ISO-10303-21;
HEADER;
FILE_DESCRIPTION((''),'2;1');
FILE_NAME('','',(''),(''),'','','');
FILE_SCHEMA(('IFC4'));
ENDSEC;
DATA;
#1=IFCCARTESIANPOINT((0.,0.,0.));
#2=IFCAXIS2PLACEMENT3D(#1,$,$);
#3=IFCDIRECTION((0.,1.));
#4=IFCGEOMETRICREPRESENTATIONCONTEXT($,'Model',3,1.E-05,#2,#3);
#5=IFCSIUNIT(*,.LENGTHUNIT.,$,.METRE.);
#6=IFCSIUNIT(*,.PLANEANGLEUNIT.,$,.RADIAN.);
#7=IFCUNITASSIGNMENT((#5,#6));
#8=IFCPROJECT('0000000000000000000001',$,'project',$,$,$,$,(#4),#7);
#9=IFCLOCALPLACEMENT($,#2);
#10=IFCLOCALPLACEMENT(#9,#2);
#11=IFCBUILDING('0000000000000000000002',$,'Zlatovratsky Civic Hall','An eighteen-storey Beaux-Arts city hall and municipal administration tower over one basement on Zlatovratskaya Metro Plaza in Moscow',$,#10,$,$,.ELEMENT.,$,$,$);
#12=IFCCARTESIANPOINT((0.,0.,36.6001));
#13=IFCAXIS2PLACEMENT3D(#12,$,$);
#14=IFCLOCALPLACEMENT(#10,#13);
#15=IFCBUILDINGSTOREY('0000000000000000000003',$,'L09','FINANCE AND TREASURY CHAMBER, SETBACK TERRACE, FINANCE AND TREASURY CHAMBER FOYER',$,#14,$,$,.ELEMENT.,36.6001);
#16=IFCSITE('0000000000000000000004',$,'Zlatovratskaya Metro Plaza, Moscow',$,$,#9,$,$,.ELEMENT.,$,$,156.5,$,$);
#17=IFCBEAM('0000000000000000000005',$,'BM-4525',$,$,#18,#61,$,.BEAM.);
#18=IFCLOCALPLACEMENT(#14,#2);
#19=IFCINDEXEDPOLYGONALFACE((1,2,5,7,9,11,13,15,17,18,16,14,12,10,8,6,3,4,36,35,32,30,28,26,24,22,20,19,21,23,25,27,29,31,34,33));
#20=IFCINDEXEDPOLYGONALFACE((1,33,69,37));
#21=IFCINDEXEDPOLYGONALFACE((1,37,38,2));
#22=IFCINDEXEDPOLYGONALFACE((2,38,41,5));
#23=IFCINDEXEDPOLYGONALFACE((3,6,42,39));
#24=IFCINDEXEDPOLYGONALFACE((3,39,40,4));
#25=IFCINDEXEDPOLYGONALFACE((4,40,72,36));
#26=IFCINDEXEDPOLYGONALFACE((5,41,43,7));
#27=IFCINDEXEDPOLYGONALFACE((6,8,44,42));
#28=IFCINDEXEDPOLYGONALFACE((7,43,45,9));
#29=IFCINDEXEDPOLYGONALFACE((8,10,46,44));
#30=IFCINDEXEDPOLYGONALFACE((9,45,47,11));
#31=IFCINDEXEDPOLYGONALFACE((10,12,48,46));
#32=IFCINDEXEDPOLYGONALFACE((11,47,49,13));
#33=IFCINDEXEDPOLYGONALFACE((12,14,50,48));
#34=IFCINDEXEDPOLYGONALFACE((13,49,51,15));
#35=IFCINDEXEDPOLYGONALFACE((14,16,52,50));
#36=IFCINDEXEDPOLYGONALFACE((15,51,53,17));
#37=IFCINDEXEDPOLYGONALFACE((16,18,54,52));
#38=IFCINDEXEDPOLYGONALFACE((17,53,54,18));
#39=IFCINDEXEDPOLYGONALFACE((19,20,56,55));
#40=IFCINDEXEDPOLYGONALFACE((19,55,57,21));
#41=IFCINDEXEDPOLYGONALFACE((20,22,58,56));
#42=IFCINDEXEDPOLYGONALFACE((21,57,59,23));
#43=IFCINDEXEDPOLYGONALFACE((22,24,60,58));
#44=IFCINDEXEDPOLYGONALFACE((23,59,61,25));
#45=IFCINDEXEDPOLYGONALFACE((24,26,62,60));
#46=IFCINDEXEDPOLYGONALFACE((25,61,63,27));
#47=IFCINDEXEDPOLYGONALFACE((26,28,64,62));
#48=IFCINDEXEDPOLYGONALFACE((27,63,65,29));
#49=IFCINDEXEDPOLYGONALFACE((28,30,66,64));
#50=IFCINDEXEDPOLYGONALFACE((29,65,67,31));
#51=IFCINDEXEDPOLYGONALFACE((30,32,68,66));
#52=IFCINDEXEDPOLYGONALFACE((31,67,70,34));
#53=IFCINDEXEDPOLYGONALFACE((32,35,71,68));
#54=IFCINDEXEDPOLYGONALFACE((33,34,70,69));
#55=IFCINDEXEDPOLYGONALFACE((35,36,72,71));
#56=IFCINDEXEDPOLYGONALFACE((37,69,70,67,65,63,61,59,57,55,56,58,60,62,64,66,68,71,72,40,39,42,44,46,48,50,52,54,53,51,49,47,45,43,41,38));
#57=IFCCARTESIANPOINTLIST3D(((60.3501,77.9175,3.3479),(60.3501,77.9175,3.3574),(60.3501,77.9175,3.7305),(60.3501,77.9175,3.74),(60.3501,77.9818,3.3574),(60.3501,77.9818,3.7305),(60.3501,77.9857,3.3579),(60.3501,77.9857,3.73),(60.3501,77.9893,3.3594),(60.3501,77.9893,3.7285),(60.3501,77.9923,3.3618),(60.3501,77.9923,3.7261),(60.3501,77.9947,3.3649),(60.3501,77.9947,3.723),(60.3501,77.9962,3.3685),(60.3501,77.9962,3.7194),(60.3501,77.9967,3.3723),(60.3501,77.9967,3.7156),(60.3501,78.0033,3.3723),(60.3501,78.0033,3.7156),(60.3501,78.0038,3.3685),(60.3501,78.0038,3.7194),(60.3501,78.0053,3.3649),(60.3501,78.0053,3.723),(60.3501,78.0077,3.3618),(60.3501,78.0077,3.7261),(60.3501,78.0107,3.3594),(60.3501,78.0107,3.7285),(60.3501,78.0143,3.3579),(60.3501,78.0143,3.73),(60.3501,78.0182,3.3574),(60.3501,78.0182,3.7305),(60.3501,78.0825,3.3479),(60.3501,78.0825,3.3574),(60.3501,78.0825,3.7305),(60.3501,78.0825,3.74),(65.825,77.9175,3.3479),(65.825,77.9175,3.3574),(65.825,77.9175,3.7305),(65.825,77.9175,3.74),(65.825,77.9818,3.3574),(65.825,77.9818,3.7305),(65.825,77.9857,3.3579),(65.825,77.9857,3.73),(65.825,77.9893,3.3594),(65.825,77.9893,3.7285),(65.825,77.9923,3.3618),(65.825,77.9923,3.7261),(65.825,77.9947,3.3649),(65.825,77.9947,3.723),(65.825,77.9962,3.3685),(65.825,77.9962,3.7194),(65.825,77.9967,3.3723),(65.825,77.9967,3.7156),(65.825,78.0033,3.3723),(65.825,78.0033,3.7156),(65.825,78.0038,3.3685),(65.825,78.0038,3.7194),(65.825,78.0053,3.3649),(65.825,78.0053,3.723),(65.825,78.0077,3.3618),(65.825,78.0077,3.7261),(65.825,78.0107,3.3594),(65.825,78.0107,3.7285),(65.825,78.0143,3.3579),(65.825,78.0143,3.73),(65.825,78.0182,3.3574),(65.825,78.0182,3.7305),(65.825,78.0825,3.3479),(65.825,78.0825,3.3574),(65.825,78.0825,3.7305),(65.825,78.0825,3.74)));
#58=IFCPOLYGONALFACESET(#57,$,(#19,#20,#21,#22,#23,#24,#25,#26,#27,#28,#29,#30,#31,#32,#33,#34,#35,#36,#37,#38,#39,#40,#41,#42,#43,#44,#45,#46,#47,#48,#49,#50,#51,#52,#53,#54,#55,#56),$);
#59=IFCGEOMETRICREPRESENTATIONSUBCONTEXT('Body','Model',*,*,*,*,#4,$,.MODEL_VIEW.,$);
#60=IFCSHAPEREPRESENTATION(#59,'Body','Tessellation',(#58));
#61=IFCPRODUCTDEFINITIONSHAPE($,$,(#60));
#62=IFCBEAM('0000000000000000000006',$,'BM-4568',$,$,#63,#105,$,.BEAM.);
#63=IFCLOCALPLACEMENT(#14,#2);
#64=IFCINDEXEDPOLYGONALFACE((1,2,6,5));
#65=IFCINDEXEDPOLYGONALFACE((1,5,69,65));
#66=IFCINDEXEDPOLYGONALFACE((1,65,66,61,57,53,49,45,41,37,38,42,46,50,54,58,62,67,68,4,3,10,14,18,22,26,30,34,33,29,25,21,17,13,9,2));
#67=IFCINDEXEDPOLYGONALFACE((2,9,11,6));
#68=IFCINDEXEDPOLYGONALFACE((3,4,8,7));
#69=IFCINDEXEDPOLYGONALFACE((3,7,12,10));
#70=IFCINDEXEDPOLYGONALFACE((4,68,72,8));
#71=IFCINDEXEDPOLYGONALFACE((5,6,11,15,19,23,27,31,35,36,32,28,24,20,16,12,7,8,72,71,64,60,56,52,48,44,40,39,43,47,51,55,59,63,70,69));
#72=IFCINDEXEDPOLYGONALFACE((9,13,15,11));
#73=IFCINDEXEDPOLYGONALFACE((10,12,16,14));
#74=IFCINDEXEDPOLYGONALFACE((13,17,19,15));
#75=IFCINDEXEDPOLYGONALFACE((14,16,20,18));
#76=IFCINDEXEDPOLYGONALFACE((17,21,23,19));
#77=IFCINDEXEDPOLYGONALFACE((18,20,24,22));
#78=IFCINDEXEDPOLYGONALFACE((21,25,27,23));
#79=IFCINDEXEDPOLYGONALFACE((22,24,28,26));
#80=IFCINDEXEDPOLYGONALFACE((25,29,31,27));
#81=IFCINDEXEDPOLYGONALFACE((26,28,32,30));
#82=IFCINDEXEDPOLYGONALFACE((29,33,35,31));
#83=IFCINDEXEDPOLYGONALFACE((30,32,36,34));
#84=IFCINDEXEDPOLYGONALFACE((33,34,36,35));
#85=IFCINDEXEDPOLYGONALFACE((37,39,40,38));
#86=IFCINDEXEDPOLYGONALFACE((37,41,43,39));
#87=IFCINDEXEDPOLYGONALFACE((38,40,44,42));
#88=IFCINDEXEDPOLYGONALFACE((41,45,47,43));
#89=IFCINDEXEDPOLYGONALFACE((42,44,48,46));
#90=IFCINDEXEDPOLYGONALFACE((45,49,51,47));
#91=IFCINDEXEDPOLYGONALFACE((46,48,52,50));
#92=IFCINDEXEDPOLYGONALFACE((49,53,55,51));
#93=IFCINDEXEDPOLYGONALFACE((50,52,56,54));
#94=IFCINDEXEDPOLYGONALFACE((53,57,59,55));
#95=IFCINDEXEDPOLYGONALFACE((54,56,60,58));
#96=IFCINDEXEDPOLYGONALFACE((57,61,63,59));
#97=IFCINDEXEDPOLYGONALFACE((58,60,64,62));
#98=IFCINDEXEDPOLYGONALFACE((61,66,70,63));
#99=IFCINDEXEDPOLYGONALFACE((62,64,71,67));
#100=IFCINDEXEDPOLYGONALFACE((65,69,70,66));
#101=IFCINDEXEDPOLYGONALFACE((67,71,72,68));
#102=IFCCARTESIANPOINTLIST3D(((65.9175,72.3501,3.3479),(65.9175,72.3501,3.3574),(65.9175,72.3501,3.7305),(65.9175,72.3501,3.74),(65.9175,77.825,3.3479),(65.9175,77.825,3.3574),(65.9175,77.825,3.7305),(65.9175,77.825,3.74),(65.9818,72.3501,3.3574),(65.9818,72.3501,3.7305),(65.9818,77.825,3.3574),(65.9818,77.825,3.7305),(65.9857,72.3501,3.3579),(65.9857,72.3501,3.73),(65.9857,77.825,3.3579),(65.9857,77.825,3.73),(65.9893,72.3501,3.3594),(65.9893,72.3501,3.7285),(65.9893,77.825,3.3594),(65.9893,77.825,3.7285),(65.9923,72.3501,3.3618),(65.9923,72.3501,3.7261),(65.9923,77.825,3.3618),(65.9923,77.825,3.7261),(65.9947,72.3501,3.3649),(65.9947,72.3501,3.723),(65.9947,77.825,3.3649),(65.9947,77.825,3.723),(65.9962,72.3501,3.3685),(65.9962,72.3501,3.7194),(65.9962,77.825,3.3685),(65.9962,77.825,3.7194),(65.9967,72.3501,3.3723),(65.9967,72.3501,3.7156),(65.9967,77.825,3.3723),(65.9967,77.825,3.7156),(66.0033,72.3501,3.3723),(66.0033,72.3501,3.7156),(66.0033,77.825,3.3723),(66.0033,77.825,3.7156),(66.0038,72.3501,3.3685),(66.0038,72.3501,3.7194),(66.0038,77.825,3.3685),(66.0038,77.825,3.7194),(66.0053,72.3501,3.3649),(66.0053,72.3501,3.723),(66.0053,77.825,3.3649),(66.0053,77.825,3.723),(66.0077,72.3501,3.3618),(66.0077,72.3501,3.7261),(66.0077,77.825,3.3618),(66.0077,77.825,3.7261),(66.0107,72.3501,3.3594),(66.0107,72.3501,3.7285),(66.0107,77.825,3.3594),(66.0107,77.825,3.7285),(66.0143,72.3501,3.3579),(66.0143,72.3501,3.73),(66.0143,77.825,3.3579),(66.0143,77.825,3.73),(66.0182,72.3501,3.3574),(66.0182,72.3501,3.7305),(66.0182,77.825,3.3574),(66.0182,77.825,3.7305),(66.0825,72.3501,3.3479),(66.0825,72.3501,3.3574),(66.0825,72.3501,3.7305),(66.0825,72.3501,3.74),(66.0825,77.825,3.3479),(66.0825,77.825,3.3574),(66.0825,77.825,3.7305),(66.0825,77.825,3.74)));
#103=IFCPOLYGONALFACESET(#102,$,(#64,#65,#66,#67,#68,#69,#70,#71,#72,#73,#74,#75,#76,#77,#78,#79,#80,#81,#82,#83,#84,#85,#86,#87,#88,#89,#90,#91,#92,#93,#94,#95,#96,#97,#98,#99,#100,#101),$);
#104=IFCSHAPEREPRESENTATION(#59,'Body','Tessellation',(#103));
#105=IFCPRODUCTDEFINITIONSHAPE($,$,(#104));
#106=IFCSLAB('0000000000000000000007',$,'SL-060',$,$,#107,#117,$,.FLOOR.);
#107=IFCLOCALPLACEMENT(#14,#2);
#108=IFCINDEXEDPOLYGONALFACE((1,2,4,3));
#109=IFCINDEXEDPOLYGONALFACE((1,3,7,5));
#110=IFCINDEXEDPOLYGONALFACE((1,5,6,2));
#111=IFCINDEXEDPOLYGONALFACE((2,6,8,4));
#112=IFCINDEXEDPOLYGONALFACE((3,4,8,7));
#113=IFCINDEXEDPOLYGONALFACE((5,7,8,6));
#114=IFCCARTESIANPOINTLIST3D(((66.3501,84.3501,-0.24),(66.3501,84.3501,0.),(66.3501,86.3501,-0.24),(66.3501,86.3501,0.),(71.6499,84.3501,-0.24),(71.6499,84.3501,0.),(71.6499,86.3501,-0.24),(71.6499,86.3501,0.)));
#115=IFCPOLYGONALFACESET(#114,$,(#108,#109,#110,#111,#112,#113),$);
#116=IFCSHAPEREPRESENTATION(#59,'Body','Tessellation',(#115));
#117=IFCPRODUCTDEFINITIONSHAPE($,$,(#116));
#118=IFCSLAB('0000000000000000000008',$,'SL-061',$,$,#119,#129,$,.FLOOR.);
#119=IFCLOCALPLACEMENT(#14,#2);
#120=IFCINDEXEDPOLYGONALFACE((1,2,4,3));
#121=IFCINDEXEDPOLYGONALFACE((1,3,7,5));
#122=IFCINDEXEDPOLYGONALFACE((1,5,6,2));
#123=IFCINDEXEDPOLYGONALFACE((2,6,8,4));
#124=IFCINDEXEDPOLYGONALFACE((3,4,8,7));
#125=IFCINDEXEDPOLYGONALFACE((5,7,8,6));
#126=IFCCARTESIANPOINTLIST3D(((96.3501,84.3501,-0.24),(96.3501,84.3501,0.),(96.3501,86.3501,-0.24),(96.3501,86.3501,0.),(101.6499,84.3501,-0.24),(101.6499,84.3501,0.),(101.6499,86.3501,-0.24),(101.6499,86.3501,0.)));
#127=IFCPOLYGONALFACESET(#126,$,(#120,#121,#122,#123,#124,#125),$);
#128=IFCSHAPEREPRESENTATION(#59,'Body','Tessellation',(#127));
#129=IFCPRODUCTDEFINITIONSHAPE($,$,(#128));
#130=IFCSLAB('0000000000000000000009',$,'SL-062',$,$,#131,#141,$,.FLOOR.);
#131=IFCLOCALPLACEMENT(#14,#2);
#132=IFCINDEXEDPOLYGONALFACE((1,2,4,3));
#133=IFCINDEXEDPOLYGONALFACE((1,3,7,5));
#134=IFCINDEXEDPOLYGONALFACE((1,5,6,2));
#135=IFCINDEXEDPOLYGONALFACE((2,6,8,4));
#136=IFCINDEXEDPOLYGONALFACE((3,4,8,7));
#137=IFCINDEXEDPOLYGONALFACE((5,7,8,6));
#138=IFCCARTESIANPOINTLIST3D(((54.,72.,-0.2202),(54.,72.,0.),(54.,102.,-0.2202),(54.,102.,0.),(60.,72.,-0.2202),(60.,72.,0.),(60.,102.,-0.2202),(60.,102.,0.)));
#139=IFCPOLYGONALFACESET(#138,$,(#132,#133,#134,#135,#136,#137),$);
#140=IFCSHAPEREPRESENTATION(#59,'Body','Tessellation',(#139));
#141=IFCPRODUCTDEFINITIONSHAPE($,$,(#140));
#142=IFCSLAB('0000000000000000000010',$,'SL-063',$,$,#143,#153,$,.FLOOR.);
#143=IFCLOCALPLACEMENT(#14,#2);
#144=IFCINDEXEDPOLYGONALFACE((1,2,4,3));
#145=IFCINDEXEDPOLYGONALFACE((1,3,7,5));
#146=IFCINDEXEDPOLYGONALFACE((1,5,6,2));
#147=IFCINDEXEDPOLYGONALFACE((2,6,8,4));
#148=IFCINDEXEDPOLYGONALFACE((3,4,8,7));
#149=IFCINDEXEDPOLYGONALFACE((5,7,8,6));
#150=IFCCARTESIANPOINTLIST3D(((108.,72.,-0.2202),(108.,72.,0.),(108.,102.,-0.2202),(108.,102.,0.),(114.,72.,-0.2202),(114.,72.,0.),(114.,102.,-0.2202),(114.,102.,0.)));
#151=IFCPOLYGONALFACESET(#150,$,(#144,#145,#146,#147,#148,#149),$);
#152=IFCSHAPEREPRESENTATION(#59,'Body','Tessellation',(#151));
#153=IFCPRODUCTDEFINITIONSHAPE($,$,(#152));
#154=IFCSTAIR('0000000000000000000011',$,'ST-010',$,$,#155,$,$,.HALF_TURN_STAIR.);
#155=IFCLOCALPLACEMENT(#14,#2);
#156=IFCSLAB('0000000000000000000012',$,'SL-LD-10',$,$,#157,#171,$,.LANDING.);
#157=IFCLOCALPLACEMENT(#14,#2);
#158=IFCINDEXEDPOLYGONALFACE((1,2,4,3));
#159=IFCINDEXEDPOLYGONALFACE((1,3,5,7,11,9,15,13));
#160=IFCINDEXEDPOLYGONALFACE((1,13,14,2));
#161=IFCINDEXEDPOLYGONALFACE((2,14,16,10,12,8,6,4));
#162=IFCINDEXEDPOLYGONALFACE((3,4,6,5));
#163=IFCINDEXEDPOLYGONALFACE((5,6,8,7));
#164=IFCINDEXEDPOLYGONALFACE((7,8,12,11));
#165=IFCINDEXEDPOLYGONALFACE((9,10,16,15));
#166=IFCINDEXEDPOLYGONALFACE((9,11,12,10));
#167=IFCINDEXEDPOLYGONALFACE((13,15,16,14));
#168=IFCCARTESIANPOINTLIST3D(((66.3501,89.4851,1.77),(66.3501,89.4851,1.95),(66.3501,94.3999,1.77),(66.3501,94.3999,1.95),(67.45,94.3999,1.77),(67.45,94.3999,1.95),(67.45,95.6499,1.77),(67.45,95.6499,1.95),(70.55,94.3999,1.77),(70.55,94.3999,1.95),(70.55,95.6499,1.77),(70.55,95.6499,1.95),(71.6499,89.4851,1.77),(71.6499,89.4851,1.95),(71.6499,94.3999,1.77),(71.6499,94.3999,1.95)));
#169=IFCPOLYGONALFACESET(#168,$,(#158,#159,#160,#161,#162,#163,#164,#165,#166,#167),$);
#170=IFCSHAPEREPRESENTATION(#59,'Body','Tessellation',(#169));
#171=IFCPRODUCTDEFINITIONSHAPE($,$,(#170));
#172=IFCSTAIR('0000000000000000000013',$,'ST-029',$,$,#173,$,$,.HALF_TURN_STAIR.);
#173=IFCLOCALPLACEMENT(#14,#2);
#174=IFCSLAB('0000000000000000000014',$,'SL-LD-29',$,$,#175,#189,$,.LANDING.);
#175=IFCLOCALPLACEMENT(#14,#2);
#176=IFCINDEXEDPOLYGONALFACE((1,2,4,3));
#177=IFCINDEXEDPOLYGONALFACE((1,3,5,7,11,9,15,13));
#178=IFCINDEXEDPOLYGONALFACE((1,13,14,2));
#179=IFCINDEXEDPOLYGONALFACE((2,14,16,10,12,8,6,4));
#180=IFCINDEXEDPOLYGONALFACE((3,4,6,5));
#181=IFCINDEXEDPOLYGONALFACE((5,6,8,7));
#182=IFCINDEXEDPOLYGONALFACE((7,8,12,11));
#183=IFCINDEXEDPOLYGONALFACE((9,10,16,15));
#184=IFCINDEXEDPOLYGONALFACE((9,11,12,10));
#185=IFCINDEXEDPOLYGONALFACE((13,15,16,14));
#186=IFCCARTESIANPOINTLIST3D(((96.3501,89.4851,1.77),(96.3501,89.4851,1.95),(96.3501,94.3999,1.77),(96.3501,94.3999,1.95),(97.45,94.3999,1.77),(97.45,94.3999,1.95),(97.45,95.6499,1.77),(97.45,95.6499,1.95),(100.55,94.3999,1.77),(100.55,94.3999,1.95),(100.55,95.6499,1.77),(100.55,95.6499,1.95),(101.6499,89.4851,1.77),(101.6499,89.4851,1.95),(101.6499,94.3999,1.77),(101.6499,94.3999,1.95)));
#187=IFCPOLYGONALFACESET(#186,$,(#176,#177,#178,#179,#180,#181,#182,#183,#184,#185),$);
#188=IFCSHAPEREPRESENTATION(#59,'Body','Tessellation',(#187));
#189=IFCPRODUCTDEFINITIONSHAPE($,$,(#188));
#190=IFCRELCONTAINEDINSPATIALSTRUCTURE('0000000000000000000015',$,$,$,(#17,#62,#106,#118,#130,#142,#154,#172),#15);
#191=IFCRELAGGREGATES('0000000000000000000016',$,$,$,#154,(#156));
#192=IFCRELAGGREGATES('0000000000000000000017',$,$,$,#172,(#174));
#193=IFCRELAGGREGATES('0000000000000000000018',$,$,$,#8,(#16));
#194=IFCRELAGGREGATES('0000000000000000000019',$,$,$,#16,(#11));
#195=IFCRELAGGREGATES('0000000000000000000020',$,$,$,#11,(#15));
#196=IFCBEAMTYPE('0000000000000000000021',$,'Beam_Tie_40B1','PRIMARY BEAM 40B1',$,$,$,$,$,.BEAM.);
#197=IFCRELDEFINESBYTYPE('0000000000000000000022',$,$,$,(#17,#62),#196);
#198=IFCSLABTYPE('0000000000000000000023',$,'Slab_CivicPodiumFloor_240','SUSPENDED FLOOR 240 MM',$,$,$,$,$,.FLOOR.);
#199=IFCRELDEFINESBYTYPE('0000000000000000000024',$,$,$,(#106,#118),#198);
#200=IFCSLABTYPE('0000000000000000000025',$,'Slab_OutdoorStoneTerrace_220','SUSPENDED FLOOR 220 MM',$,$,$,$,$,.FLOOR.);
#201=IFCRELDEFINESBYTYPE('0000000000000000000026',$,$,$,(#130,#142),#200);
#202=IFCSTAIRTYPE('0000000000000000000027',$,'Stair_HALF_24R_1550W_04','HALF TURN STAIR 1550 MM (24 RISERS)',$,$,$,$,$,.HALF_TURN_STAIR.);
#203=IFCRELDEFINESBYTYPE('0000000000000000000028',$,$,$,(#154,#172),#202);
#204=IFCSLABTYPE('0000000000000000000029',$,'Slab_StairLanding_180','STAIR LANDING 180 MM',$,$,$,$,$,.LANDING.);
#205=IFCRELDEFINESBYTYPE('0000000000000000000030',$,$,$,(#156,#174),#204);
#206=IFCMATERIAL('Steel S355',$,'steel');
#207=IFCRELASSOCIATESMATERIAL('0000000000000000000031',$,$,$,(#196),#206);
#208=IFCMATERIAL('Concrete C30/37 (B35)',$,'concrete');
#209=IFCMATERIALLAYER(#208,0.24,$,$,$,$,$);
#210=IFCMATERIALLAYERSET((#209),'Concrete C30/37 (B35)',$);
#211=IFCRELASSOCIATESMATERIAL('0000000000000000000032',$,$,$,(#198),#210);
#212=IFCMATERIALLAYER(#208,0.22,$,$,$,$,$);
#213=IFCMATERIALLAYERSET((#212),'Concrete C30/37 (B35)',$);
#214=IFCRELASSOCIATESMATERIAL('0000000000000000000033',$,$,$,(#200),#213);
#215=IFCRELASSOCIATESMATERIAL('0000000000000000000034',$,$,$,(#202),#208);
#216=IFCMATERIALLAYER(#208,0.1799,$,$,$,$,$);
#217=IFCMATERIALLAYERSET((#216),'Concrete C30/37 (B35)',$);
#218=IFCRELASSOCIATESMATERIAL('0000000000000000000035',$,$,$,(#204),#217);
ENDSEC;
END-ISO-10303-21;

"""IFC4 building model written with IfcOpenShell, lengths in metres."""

from ifc_helpers import new_model, si_unit, direction, frame, origin, origin_2d, place, context, subcontext, project, spatial, polyline, i_section, outline, extrude, material, layer, layer_set, material_profile, profile_set, type_object, element, aggregate, save


model = new_model("IFC4")

# Units and contexts
model_context = context("Model", 3, precision=1e-05, world=origin(), true_north=direction((0.0, 1.0)))
body_context = subcontext(model_context, "Body", "Model", "MODEL_VIEW")
ifc_project = project(units=[si_unit("LENGTHUNIT", "METRE"), si_unit("PLANEANGLEUNIT", "RADIAN")], contexts=[model_context])

# Site, building, storey
site_placement = place(None, origin())
site = spatial("IfcSite", under=ifc_project, at=site_placement, Name="Zlatovratskaya Metro Plaza, Moscow", CompositionType="ELEMENT", RefElevation=156.5)
building_placement = place(site_placement, origin())
building = spatial("IfcBuilding", under=site, at=building_placement, Name="Zlatovratsky Civic Hall", Description="An eighteen-storey Beaux-Arts city hall and municipal administration tower over one basement on Zlatovratskaya Metro Plaza in Moscow", CompositionType="ELEMENT")
storey_placement = place(building_placement, frame((0.0, 0.0, 36.6001)))
storey = spatial("IfcBuildingStorey", under=building, at=storey_placement, Name="L09", Description="FINANCE AND TREASURY CHAMBER, SETBACK TERRACE, FINANCE AND TREASURY CHAMBER FOYER", CompositionType="ELEMENT", Elevation=36.6001)

# Beams
ifc_material_1 = material(Name="Steel S355", Category="steel")
ifc_material_profile_1 = material_profile(ifc_material_1, i_section(OverallWidth=0.165, OverallDepth=0.3921, WebThickness=0.0066, FlangeThickness=0.0095, FilletRadius=0.0149, at=origin_2d()), Name="40B1")
ifc_profile_set_1 = profile_set([ifc_material_profile_1], Name="Steel S355")
beam_type_1 = type_object("IfcBeamType", Name="Beam_Tie_40B1", Description="PRIMARY BEAM 40B1", PredefinedType="BEAM", material=ifc_profile_set_1)
for number, where, z_axis, x_axis, name in (
    (1, (60.3501, 78.0, 3.5439), (1.0, 0.0, 0.0), (0.0, 1.0, 0.0), "BM-4525"),
    (2, (66.0, 72.3501, 3.5439), (0.0, 1.0, 0.0), (-1.0, 0.0, 0.0), "BM-4568"),
):
    element("IfcBeam", number, at=place(storey_placement, frame(where, z_axis=z_axis, x_axis=x_axis)), inside=storey, type_object=beam_type_1, Name=name, PredefinedType="BEAM", context=body_context, shape_type="SweptSolid", body=[
        extrude(i_section(OverallWidth=0.165, OverallDepth=0.3921, WebThickness=0.0066, FlangeThickness=0.0095, FilletRadius=0.0149, at=origin_2d()), origin(), (0.0, 0.0, 1.0), 5.4749),
    ])

# Slabs
ifc_material_2 = material(Name="Concrete C30/37 (B35)", Category="concrete")
ifc_layer_1 = layer(ifc_material_2, 0.24)
ifc_layer_set_1 = layer_set([ifc_layer_1], Name="Concrete C30/37 (B35)")
slab_type_1 = type_object("IfcSlabType", Name="Slab_CivicPodiumFloor_240", Description="SUSPENDED FLOOR 240 MM", PredefinedType="FLOOR", material=ifc_layer_set_1)
slab_1_placement = place(storey_placement, frame((0.0, 0.0, -0.24)))
element("IfcSlab", 3, at=slab_1_placement, inside=storey, type_object=slab_type_1, Name="SL-060", PredefinedType="FLOOR", context=body_context, shape_type="SweptSolid", body=[
    extrude(outline(polyline([(66.3501, 84.3501), (71.6499, 84.3501), (71.6499, 86.3501), (66.3501, 86.3501), (66.3501, 84.3501)])), origin(), (0.0, 0.0, 1.0), 0.24),
])
slab_2_placement = place(storey_placement, frame((0.0, 0.0, -0.24)))
element("IfcSlab", 4, at=slab_2_placement, inside=storey, type_object=slab_type_1, Name="SL-061", PredefinedType="FLOOR", context=body_context, shape_type="SweptSolid", body=[
    extrude(outline(polyline([(96.3501, 84.3501), (101.6499, 84.3501), (101.6499, 86.3501), (96.3501, 86.3501), (96.3501, 84.3501)])), origin(), (0.0, 0.0, 1.0), 0.24),
])
ifc_layer_2 = layer(ifc_material_2, 0.22)
ifc_layer_set_2 = layer_set([ifc_layer_2], Name="Concrete C30/37 (B35)")
slab_type_2 = type_object("IfcSlabType", Name="Slab_OutdoorStoneTerrace_220", Description="SUSPENDED FLOOR 220 MM", PredefinedType="FLOOR", material=ifc_layer_set_2)
slab_3_placement = place(storey_placement, frame((0.0, 0.0, -0.2202)))
element("IfcSlab", 5, at=slab_3_placement, inside=storey, type_object=slab_type_2, Name="SL-062", PredefinedType="FLOOR", context=body_context, shape_type="SweptSolid", body=[
    extrude(outline(polyline([(54.0, 72.0), (60.0, 72.0), (60.0, 102.0), (54.0, 102.0), (54.0, 72.0)])), origin(), (0.0, 0.0, 1.0), 0.2202),
])
slab_4_placement = place(storey_placement, frame((0.0, 0.0, -0.2202)))
element("IfcSlab", 6, at=slab_4_placement, inside=storey, type_object=slab_type_2, Name="SL-063", PredefinedType="FLOOR", context=body_context, shape_type="SweptSolid", body=[
    extrude(outline(polyline([(108.0, 72.0), (114.0, 72.0), (114.0, 102.0), (108.0, 102.0), (108.0, 72.0)])), origin(), (0.0, 0.0, 1.0), 0.2202),
])

# Stairs, slabs
stair_type = type_object("IfcStairType", Name="Stair_HALF_24R_1550W_04", Description="HALF TURN STAIR 1550 MM (24 RISERS)", PredefinedType="HALF_TURN_STAIR", material=ifc_material_2)
stair_1_placement = place(storey_placement, origin())
stair_1 = element("IfcStair", 7, at=stair_1_placement, inside=storey, type_object=stair_type, Name="ST-010", PredefinedType="HALF_TURN_STAIR")
ifc_layer_3 = layer(ifc_material_2, 0.1799)
ifc_layer_set_3 = layer_set([ifc_layer_3], Name="Concrete C30/37 (B35)")
slab_type_3 = type_object("IfcSlabType", Name="Slab_StairLanding_180", Description="STAIR LANDING 180 MM", PredefinedType="LANDING", material=ifc_layer_set_3)
slab_5_placement = place(storey_placement, frame((0.0, 0.0, 1.77)))
slab_5 = element("IfcSlab", 8, at=slab_5_placement, type_object=slab_type_3, Name="SL-LD-10", PredefinedType="LANDING", context=body_context, shape_type="SweptSolid", body=[
    extrude(outline(polyline([(66.3501, 89.4851), (71.6499, 89.4851), (71.6499, 94.3999), (70.55, 94.3999), (70.55, 95.6499), (67.45, 95.6499), (67.45, 94.3999), (66.3501, 94.3999), (66.3501, 89.4851)])), origin(), (0.0, 0.0, 1.0), 0.1799),
])
aggregate(stair_1, [slab_5])
stair_2_placement = place(storey_placement, origin())
stair_2 = element("IfcStair", 9, at=stair_2_placement, inside=storey, type_object=stair_type, Name="ST-029", PredefinedType="HALF_TURN_STAIR")
slab_6_placement = place(storey_placement, frame((0.0, 0.0, 1.77)))
slab_6 = element("IfcSlab", 10, at=slab_6_placement, type_object=slab_type_3, Name="SL-LD-29", PredefinedType="LANDING", context=body_context, shape_type="SweptSolid", body=[
    extrude(outline(polyline([(96.3501, 89.4851), (101.6499, 89.4851), (101.6499, 94.3999), (100.55, 94.3999), (100.55, 95.6499), (97.45, 95.6499), (97.45, 94.3999), (96.3501, 94.3999), (96.3501, 89.4851)])), origin(), (0.0, 0.0, 1.0), 0.1799),
])
aggregate(stair_2, [slab_6])

save(model, "model.ifc")
